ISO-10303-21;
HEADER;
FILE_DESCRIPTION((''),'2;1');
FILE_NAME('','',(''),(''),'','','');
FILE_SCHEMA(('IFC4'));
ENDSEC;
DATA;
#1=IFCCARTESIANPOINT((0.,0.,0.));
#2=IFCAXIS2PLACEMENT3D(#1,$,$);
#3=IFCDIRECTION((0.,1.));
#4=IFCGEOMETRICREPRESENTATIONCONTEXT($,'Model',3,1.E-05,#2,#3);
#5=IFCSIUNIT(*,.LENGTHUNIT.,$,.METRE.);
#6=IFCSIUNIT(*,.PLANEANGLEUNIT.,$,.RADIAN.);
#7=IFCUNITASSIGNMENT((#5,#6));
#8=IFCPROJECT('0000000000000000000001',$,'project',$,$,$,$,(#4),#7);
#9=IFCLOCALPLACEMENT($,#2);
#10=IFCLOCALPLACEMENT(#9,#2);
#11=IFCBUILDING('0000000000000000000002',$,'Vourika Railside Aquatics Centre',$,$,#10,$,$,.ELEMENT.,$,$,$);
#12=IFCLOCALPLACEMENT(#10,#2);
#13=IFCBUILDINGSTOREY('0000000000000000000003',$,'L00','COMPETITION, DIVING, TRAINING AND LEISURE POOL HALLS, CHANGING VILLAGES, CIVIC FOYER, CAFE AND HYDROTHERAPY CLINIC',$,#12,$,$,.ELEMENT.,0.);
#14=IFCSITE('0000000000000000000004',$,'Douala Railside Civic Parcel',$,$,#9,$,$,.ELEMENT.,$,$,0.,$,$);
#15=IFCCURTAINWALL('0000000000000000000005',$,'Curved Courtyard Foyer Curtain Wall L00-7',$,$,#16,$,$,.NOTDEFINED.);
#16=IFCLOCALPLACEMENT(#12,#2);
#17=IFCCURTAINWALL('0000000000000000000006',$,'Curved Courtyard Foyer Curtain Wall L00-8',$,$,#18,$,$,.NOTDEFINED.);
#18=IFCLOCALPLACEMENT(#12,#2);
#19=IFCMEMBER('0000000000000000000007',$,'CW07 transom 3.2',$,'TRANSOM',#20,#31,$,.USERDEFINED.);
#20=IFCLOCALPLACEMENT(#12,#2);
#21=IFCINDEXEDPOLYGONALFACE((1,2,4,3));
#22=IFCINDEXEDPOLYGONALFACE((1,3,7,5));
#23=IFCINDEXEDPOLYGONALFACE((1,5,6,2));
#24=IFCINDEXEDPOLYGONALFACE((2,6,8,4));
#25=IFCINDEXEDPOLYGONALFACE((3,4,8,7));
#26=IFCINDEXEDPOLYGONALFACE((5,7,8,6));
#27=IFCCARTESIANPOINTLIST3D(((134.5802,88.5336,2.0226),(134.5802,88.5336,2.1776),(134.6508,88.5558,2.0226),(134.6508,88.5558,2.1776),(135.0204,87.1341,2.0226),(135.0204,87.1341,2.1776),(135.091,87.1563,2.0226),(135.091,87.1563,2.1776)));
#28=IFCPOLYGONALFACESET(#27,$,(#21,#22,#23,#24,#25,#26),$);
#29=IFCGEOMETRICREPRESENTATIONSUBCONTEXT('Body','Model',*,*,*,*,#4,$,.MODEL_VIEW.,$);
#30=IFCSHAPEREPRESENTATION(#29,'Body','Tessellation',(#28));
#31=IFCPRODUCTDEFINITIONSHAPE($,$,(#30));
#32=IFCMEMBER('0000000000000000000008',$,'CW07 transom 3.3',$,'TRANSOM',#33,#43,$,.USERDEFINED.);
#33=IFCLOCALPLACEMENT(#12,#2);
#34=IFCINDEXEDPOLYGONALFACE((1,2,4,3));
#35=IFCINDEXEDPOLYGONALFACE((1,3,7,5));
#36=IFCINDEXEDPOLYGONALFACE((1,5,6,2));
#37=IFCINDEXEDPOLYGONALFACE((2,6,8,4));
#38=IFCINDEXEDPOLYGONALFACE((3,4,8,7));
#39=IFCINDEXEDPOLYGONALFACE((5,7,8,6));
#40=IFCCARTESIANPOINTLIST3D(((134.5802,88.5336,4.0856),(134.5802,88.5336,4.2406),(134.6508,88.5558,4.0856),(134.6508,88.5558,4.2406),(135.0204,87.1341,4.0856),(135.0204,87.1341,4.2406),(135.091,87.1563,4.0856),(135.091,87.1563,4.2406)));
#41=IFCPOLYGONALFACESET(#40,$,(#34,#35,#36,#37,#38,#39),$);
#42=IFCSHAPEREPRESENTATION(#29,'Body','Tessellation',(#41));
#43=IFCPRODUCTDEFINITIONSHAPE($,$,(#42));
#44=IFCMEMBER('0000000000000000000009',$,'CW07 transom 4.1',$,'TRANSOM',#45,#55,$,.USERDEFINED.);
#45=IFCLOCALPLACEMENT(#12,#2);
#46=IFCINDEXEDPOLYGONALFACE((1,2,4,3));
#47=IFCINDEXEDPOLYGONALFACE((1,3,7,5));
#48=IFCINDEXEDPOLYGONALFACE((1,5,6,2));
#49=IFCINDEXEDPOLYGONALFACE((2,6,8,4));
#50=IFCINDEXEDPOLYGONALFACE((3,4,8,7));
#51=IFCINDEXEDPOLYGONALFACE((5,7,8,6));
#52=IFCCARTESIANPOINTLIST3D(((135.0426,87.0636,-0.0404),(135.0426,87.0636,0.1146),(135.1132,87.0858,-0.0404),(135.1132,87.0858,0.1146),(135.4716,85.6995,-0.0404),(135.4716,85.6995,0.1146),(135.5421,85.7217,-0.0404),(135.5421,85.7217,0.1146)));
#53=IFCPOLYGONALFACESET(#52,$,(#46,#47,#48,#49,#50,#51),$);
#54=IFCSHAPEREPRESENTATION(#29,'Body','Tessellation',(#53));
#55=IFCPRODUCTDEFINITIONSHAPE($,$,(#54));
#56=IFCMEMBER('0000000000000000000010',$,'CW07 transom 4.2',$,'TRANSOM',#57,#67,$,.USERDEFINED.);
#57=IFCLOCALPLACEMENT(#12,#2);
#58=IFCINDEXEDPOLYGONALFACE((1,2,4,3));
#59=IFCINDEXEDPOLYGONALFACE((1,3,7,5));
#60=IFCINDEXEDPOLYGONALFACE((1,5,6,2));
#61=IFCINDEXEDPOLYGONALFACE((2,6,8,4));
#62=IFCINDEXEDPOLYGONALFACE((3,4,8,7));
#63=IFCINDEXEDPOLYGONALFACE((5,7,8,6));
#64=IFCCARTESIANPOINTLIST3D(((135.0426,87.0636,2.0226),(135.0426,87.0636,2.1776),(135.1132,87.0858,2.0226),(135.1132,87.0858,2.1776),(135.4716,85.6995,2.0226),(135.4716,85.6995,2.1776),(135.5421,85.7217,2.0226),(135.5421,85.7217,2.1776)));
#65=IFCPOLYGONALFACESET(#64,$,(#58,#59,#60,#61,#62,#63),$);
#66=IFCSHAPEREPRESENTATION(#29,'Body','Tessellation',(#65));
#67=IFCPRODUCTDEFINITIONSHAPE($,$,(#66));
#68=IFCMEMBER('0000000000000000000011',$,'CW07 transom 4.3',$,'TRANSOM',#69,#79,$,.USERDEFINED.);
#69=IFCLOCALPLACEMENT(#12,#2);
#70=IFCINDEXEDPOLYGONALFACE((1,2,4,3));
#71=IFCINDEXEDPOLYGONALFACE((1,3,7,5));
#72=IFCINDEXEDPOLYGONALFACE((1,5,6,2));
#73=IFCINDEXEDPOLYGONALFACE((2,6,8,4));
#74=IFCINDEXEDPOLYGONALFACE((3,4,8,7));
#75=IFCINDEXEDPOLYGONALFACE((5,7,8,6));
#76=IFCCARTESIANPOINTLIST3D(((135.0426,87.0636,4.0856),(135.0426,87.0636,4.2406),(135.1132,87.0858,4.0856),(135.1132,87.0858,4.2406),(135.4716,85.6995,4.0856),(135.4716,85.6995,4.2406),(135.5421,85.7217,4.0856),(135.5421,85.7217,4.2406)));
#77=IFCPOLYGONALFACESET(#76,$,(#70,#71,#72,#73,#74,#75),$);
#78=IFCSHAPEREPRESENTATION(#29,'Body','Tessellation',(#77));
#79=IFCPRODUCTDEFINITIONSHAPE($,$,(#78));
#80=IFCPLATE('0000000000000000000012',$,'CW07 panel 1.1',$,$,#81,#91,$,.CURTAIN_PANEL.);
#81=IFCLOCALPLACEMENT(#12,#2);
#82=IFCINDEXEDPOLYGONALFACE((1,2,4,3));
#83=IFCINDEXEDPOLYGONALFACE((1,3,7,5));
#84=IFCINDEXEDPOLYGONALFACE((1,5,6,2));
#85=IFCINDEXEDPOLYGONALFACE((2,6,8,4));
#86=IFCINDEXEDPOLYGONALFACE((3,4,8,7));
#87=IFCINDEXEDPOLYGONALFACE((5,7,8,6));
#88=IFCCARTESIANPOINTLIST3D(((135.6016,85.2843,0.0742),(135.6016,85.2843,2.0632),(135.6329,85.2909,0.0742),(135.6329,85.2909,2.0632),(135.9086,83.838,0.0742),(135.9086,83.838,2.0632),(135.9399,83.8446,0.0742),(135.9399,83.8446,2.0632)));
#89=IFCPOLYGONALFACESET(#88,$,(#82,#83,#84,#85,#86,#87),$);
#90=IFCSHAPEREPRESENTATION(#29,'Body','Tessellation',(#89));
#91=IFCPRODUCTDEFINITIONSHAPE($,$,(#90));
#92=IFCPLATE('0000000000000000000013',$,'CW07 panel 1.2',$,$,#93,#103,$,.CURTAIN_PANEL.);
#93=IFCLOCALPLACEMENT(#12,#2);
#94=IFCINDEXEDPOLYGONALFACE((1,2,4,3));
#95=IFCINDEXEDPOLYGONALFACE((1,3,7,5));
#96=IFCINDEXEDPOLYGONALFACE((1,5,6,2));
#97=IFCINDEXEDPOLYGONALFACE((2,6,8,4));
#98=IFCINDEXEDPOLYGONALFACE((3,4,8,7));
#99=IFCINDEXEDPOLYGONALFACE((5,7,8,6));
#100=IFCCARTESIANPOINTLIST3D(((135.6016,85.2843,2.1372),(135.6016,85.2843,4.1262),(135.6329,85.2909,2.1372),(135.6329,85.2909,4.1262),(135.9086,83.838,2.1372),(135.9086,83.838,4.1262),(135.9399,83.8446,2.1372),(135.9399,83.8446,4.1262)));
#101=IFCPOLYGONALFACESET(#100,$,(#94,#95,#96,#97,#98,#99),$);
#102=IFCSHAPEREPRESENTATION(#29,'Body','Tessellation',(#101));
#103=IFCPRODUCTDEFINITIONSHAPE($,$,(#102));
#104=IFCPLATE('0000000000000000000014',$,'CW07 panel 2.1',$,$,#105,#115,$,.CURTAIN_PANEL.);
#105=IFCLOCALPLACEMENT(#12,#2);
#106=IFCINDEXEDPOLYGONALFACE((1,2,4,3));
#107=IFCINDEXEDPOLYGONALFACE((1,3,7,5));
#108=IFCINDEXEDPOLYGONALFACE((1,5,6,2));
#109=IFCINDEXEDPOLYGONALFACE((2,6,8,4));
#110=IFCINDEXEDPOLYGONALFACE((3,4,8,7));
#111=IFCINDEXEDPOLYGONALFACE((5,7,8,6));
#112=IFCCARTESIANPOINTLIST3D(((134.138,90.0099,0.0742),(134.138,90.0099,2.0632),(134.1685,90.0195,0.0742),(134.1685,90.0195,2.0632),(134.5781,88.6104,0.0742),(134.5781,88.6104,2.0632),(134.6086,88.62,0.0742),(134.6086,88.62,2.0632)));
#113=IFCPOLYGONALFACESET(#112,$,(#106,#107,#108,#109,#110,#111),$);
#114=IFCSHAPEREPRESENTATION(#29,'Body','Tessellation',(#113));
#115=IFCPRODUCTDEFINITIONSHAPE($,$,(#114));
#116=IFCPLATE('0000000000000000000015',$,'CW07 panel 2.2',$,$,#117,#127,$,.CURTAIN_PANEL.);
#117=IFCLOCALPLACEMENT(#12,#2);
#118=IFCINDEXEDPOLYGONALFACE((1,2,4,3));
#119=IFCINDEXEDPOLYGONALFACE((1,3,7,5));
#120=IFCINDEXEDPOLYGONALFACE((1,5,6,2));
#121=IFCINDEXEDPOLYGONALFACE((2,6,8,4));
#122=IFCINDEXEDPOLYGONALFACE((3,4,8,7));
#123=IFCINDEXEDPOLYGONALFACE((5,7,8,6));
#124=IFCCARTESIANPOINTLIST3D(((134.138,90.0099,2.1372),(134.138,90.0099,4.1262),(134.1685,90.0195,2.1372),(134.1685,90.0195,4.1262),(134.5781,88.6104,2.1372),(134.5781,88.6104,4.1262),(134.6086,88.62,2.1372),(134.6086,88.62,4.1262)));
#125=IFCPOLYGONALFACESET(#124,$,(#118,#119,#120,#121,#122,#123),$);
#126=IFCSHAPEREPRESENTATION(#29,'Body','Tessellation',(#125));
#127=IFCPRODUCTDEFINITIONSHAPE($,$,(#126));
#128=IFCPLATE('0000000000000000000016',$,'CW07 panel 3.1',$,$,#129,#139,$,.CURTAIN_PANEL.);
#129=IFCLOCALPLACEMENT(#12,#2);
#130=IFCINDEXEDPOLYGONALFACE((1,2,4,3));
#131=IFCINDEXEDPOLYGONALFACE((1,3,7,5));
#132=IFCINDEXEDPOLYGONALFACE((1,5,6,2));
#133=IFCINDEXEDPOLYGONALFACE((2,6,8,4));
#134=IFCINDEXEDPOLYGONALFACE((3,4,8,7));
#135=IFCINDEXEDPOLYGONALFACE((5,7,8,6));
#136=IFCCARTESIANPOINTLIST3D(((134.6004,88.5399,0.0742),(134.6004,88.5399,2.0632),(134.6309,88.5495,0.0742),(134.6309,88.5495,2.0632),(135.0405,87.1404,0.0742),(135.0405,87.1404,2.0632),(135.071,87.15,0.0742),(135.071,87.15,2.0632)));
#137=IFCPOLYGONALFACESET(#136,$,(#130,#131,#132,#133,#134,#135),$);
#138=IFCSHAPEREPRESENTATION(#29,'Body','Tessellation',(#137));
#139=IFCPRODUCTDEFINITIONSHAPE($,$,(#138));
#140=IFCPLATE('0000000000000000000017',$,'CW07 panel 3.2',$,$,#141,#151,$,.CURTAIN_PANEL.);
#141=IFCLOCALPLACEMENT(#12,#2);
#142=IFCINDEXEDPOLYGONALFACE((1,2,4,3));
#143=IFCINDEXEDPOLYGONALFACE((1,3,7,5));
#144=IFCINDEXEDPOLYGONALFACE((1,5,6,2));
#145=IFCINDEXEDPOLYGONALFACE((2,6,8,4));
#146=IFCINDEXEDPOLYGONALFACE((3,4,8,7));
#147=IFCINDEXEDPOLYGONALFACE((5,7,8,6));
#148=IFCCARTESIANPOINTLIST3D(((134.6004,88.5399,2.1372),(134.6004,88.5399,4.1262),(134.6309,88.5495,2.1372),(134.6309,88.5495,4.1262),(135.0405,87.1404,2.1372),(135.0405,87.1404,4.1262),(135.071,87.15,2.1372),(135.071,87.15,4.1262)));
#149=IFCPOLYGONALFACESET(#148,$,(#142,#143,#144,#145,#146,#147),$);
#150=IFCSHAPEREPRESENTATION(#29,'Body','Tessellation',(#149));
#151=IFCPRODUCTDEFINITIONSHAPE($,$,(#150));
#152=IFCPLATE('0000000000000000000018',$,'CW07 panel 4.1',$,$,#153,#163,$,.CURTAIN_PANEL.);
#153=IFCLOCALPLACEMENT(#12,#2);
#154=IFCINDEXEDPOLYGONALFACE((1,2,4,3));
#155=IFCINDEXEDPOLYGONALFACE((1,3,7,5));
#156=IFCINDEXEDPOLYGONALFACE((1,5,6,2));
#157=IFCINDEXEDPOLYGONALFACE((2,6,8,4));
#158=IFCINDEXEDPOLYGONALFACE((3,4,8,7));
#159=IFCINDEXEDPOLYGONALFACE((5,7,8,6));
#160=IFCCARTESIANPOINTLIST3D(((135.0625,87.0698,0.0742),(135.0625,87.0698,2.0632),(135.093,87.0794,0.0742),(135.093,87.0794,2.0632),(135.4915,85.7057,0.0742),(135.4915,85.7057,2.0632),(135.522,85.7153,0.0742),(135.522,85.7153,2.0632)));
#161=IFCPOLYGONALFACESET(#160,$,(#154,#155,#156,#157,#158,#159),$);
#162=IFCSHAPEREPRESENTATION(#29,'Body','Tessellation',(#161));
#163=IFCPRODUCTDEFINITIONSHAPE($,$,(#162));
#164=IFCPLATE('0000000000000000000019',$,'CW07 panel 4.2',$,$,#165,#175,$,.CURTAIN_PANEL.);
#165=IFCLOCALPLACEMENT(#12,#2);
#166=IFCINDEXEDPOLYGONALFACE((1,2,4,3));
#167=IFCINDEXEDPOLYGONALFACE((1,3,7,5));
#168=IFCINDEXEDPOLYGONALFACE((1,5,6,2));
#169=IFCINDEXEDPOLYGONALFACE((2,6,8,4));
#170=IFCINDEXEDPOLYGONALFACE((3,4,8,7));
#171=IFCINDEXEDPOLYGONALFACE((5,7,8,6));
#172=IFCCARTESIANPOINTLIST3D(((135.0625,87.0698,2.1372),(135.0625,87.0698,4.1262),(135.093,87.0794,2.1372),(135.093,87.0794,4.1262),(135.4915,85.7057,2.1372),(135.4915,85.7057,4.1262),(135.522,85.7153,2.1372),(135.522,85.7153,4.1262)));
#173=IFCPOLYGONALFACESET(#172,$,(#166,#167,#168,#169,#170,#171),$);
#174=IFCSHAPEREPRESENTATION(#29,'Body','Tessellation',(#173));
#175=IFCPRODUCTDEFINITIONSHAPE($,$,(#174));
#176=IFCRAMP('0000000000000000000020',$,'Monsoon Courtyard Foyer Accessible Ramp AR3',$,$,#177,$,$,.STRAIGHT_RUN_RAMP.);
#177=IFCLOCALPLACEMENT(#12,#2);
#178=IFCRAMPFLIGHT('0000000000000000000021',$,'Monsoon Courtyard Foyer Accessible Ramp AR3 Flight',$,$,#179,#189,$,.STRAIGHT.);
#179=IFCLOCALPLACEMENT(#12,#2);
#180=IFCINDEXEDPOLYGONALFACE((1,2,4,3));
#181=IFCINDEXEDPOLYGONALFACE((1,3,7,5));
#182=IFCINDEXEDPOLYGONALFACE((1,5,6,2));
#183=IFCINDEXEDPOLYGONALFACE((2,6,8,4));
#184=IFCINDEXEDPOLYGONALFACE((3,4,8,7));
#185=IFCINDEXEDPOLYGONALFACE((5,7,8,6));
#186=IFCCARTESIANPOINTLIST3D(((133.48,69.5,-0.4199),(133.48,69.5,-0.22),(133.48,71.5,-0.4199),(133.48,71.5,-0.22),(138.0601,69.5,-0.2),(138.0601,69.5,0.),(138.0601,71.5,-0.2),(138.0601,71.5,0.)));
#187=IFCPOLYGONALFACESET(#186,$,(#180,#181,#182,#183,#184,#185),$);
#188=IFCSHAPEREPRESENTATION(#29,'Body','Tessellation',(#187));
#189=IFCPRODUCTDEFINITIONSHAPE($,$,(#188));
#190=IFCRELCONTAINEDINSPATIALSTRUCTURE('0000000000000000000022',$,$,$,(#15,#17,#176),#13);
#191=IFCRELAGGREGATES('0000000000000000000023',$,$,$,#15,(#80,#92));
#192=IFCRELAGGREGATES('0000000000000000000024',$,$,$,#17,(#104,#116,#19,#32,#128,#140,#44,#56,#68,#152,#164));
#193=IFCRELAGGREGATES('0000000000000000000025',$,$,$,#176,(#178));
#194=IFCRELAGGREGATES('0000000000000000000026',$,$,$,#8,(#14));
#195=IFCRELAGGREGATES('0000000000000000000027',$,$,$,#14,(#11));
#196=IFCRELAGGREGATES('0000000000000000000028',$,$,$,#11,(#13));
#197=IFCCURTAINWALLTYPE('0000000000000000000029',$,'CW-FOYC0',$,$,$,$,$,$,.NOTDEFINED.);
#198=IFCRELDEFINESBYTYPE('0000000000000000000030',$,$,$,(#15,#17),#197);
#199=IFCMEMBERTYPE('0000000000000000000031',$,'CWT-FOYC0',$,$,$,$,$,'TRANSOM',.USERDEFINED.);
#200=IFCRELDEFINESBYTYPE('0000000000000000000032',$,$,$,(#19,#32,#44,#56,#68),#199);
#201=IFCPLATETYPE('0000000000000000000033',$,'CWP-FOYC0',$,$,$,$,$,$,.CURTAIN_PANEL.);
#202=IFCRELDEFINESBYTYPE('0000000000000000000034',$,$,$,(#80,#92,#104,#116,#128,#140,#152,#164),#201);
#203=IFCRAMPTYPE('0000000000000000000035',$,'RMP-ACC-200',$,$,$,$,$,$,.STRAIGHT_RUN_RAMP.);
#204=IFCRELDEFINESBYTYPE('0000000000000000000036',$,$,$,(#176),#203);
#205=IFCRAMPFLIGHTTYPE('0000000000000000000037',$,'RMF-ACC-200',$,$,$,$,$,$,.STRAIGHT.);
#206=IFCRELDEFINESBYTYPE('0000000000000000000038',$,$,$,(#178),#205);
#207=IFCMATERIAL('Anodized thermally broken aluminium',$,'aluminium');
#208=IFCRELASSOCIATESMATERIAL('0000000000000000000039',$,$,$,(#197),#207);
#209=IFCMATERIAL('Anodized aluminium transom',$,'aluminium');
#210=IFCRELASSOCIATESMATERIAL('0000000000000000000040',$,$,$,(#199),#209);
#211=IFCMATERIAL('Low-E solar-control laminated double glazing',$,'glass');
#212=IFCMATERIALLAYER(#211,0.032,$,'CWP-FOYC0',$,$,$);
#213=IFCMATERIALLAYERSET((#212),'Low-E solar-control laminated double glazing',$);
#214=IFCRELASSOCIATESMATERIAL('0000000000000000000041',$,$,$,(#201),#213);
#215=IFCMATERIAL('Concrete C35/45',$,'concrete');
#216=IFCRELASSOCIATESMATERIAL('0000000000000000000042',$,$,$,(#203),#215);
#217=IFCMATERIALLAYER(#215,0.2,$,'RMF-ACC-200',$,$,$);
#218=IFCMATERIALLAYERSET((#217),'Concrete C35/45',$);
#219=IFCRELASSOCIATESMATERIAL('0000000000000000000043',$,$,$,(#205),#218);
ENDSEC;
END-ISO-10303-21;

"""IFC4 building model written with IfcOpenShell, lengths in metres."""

from ifc_helpers import new_model, si_unit, direction, frame, origin, origin_2d, place, context, subcontext, project, spatial, polyline, rectangle, outline, extrude, material, layer, layer_set, material_profile, profile_set, type_object, element, aggregate, save


model = new_model("IFC4")

# Units and contexts
model_context = context("Model", 3, precision=1e-05, world=origin(), true_north=direction((0.0, 1.0)))
body_context = subcontext(model_context, "Body", "Model", "MODEL_VIEW")
ifc_project = project(units=[si_unit("LENGTHUNIT", "METRE"), si_unit("PLANEANGLEUNIT", "RADIAN")], contexts=[model_context])

# Site, building, storey
site_placement = place(None, origin())
site = spatial("IfcSite", under=ifc_project, at=site_placement, Name="Douala Railside Civic Parcel", CompositionType="ELEMENT", RefElevation=0.0)
building_placement = place(site_placement, origin())
building = spatial("IfcBuilding", under=site, at=building_placement, Name="Vourika Railside Aquatics Centre", CompositionType="ELEMENT")
storey_placement = place(building_placement, origin())
storey = spatial("IfcBuildingStorey", under=building, at=storey_placement, Name="L00", Description="COMPETITION, DIVING, TRAINING AND LEISURE POOL HALLS, CHANGING VILLAGES, CIVIC FOYER, CAFE AND HYDROTHERAPY CLINIC", CompositionType="ELEMENT", Elevation=0.0)

# Curtain walls
ifc_material_1 = material(Name="Anodized thermally broken aluminium", Category="aluminium")
curtain_wall_type = type_object("IfcCurtainWallType", Name="CW-FOYC0", PredefinedType="NOTDEFINED", material=ifc_material_1)
curtain_wall_1_placement = place(storey_placement, origin())
curtain_wall_1 = element("IfcCurtainWall", 1, at=curtain_wall_1_placement, inside=storey, type_object=curtain_wall_type, Name="Curved Courtyard Foyer Curtain Wall L00-7", PredefinedType="NOTDEFINED")
curtain_wall_2_placement = place(storey_placement, origin())
curtain_wall_2 = element("IfcCurtainWall", 2, at=curtain_wall_2_placement, inside=storey, type_object=curtain_wall_type, Name="Curved Courtyard Foyer Curtain Wall L00-8", PredefinedType="NOTDEFINED")

# Members
ifc_material_2 = material(Name="Anodized aluminium transom", Category="aluminium")
ifc_material_profile_1 = material_profile(ifc_material_2, rectangle(XDim=0.074, YDim=0.155, at=origin_2d()), Name="ALU-T 74x155")
ifc_profile_set_1 = profile_set([ifc_material_profile_1], Name="Anodized aluminium transom")
member_type_1 = type_object("IfcMemberType", Name="CWT-FOYC0", ElementType="TRANSOM", PredefinedType="USERDEFINED", material=ifc_profile_set_1)
member_1_placement = place(storey_placement, frame((134.6155, 88.5447, 2.1001), z_axis=(0.300056, -0.953922, 0.0), x_axis=(0.953922, 0.300056, 0.0)))
member_1 = element("IfcMember", 3, at=member_1_placement, type_object=member_type_1, Name="CW07 transom 3.2", ObjectType="TRANSOM", PredefinedType="USERDEFINED", context=body_context, shape_type="SweptSolid", body=[
    extrude(rectangle(XDim=0.074, YDim=0.155, at=origin_2d()), origin(), (0.0, 0.0, 1.0), 1.467),
])
member_2_placement = place(storey_placement, frame((134.6155, 88.5447, 4.1631), z_axis=(0.300056, -0.953922, 0.0), x_axis=(0.953922, 0.300056, 0.0)))
member_2 = element("IfcMember", 4, at=member_2_placement, type_object=member_type_1, Name="CW07 transom 3.3", ObjectType="TRANSOM", PredefinedType="USERDEFINED", context=body_context, shape_type="SweptSolid", body=[
    extrude(rectangle(XDim=0.074, YDim=0.155, at=origin_2d()), origin(), (0.0, 0.0, 1.0), 1.467),
])
member_3_placement = place(storey_placement, frame((135.0779, 87.0747, 0.0371), z_axis=(0.299995, -0.953941, 0.0), x_axis=(0.953941, 0.299995, 0.0)))
member_3 = element("IfcMember", 5, at=member_3_placement, type_object=member_type_1, Name="CW07 transom 4.1", ObjectType="TRANSOM", PredefinedType="USERDEFINED", context=body_context, shape_type="SweptSolid", body=[
    extrude(rectangle(XDim=0.074, YDim=0.155, at=origin_2d()), origin(), (0.0, 0.0, 1.0), 1.4299),
])
member_4_placement = place(storey_placement, frame((135.0779, 87.0747, 2.1001), z_axis=(0.299995, -0.953941, 0.0), x_axis=(0.953941, 0.299995, 0.0)))
member_4 = element("IfcMember", 6, at=member_4_placement, type_object=member_type_1, Name="CW07 transom 4.2", ObjectType="TRANSOM", PredefinedType="USERDEFINED", context=body_context, shape_type="SweptSolid", body=[
    extrude(rectangle(XDim=0.074, YDim=0.155, at=origin_2d()), origin(), (0.0, 0.0, 1.0), 1.4299),
])
member_5_placement = place(storey_placement, frame((135.0779, 87.0747, 4.1631), z_axis=(0.299995, -0.953941, 0.0), x_axis=(0.953941, 0.299995, 0.0)))
member_5 = element("IfcMember", 7, at=member_5_placement, type_object=member_type_1, Name="CW07 transom 4.3", ObjectType="TRANSOM", PredefinedType="USERDEFINED", context=body_context, shape_type="SweptSolid", body=[
    extrude(rectangle(XDim=0.074, YDim=0.155, at=origin_2d()), origin(), (0.0, 0.0, 1.0), 1.4299),
])

# Plates
ifc_material_3 = material(Name="Low-E solar-control laminated double glazing", Category="glass")
ifc_layer_1 = layer(ifc_material_3, 0.032, Name="CWP-FOYC0")
ifc_layer_set_1 = layer_set([ifc_layer_1], Name="Low-E solar-control laminated double glazing")
plate_type = type_object("IfcPlateType", Name="CWP-FOYC0", PredefinedType="CURTAIN_PANEL", material=ifc_layer_set_1)
plate_1_placement = place(storey_placement, frame((135.7708, 84.5645, 0.0742), z_axis=(0.0, 0.0, 1.0), x_axis=(0.207595, -0.978215, 0.0)))
plate_1 = element("IfcPlate", 8, at=plate_1_placement, type_object=plate_type, Name="CW07 panel 1.1", PredefinedType="CURTAIN_PANEL", context=body_context, shape_type="SweptSolid", body=[
    extrude(rectangle(XDim=1.4785, YDim=0.032, at=origin_2d()), origin(), (0.0, 0.0, 1.0), 1.989),
])
plate_2_placement = place(storey_placement, frame((135.7708, 84.5645, 2.1372), z_axis=(0.0, 0.0, 1.0), x_axis=(0.207595, -0.978215, 0.0)))
plate_2 = element("IfcPlate", 9, at=plate_2_placement, type_object=plate_type, Name="CW07 panel 1.2", PredefinedType="CURTAIN_PANEL", context=body_context, shape_type="SweptSolid", body=[
    extrude(rectangle(XDim=1.4785, YDim=0.032, at=origin_2d()), origin(), (0.0, 0.0, 1.0), 1.989),
])
aggregate(curtain_wall_1, [plate_1, plate_2])
plate_3_placement = place(storey_placement, frame((134.3733, 89.3149, 0.0742), z_axis=(0.0, 0.0, 1.0), x_axis=(0.299974, -0.953947, 0.0)))
plate_3 = element("IfcPlate", 10, at=plate_3_placement, type_object=plate_type, Name="CW07 panel 2.1", PredefinedType="CURTAIN_PANEL", context=body_context, shape_type="SweptSolid", body=[
    extrude(rectangle(XDim=1.467, YDim=0.032, at=origin_2d()), origin(), (0.0, 0.0, 1.0), 1.989),
])
plate_4_placement = place(storey_placement, frame((134.3733, 89.3149, 2.1372), z_axis=(0.0, 0.0, 1.0), x_axis=(0.299974, -0.953947, 0.0)))
plate_4 = element("IfcPlate", 11, at=plate_4_placement, type_object=plate_type, Name="CW07 panel 2.2", PredefinedType="CURTAIN_PANEL", context=body_context, shape_type="SweptSolid", body=[
    extrude(rectangle(XDim=1.467, YDim=0.032, at=origin_2d()), origin(), (0.0, 0.0, 1.0), 1.989),
])
plate_5_placement = place(storey_placement, frame((134.8357, 87.845, 0.0742), z_axis=(0.0, 0.0, 1.0), x_axis=(0.299974, -0.953947, 0.0)))
plate_5 = element("IfcPlate", 12, at=plate_5_placement, type_object=plate_type, Name="CW07 panel 3.1", PredefinedType="CURTAIN_PANEL", context=body_context, shape_type="SweptSolid", body=[
    extrude(rectangle(XDim=1.467, YDim=0.032, at=origin_2d()), origin(), (0.0, 0.0, 1.0), 1.989),
])
plate_6_placement = place(storey_placement, frame((134.8357, 87.845, 2.1372), z_axis=(0.0, 0.0, 1.0), x_axis=(0.299974, -0.953947, 0.0)))
plate_6 = element("IfcPlate", 13, at=plate_6_placement, type_object=plate_type, Name="CW07 panel 3.2", PredefinedType="CURTAIN_PANEL", context=body_context, shape_type="SweptSolid", body=[
    extrude(rectangle(XDim=1.467, YDim=0.032, at=origin_2d()), origin(), (0.0, 0.0, 1.0), 1.989),
])
plate_7_placement = place(storey_placement, frame((135.2922, 86.3926, 0.0742), z_axis=(0.0, 0.0, 1.0), x_axis=(0.299974, -0.953947, 0.0)))
plate_7 = element("IfcPlate", 14, at=plate_7_placement, type_object=plate_type, Name="CW07 panel 4.1", PredefinedType="CURTAIN_PANEL", context=body_context, shape_type="SweptSolid", body=[
    extrude(rectangle(XDim=1.4299, YDim=0.032, at=origin_2d()), origin(), (0.0, 0.0, 1.0), 1.989),
])
plate_8_placement = place(storey_placement, frame((135.2922, 86.3926, 2.1372), z_axis=(0.0, 0.0, 1.0), x_axis=(0.299974, -0.953947, 0.0)))
plate_8 = element("IfcPlate", 15, at=plate_8_placement, type_object=plate_type, Name="CW07 panel 4.2", PredefinedType="CURTAIN_PANEL", context=body_context, shape_type="SweptSolid", body=[
    extrude(rectangle(XDim=1.4299, YDim=0.032, at=origin_2d()), origin(), (0.0, 0.0, 1.0), 1.989),
])
aggregate(curtain_wall_2, [plate_3, plate_4, member_1, member_2, plate_5, plate_6, member_3, member_4, member_5, plate_7, plate_8])

# Ramp, ramp flight
ifc_material_4 = material(Name="Concrete C35/45", Category="concrete")
ramp_type = type_object("IfcRampType", Name="RMP-ACC-200", PredefinedType="STRAIGHT_RUN_RAMP", material=ifc_material_4)
ramp_placement = place(storey_placement, origin())
ramp = element("IfcRamp", 16, at=ramp_placement, inside=storey, type_object=ramp_type, Name="Monsoon Courtyard Foyer Accessible Ramp AR3", PredefinedType="STRAIGHT_RUN_RAMP")
ifc_layer_2 = layer(ifc_material_4, 0.2, Name="RMF-ACC-200")
ifc_layer_set_2 = layer_set([ifc_layer_2], Name="Concrete C35/45")
ramp_flight_type = type_object("IfcRampFlightType", Name="RMF-ACC-200", PredefinedType="STRAIGHT", material=ifc_layer_set_2)
ramp_flight_placement = place(storey_placement, frame((133.48, 70.5, -0.22), z_axis=(0.0, 0.0, 1.0), x_axis=(1.0, 0.0, 0.0)))
ramp_flight = element("IfcRampFlight", 17, at=ramp_flight_placement, type_object=ramp_flight_type, Name="Monsoon Courtyard Foyer Accessible Ramp AR3 Flight", PredefinedType="STRAIGHT", context=body_context, shape_type="SweptSolid", body=[
    extrude(outline(polyline([(0.0, 0.0), (4.5801, 0.22), (4.5801, 0.02), (0.0, -0.2), (0.0, 0.0)])), frame((0.0, 1.0, 0.0), z_axis=(0.0, -1.0, 0.0), x_axis=(1.0, 0.0, 0.0)), (0.0, 0.0, 1.0), 2.0),
])
aggregate(ramp, [ramp_flight])

save(model, "model.ifc")
